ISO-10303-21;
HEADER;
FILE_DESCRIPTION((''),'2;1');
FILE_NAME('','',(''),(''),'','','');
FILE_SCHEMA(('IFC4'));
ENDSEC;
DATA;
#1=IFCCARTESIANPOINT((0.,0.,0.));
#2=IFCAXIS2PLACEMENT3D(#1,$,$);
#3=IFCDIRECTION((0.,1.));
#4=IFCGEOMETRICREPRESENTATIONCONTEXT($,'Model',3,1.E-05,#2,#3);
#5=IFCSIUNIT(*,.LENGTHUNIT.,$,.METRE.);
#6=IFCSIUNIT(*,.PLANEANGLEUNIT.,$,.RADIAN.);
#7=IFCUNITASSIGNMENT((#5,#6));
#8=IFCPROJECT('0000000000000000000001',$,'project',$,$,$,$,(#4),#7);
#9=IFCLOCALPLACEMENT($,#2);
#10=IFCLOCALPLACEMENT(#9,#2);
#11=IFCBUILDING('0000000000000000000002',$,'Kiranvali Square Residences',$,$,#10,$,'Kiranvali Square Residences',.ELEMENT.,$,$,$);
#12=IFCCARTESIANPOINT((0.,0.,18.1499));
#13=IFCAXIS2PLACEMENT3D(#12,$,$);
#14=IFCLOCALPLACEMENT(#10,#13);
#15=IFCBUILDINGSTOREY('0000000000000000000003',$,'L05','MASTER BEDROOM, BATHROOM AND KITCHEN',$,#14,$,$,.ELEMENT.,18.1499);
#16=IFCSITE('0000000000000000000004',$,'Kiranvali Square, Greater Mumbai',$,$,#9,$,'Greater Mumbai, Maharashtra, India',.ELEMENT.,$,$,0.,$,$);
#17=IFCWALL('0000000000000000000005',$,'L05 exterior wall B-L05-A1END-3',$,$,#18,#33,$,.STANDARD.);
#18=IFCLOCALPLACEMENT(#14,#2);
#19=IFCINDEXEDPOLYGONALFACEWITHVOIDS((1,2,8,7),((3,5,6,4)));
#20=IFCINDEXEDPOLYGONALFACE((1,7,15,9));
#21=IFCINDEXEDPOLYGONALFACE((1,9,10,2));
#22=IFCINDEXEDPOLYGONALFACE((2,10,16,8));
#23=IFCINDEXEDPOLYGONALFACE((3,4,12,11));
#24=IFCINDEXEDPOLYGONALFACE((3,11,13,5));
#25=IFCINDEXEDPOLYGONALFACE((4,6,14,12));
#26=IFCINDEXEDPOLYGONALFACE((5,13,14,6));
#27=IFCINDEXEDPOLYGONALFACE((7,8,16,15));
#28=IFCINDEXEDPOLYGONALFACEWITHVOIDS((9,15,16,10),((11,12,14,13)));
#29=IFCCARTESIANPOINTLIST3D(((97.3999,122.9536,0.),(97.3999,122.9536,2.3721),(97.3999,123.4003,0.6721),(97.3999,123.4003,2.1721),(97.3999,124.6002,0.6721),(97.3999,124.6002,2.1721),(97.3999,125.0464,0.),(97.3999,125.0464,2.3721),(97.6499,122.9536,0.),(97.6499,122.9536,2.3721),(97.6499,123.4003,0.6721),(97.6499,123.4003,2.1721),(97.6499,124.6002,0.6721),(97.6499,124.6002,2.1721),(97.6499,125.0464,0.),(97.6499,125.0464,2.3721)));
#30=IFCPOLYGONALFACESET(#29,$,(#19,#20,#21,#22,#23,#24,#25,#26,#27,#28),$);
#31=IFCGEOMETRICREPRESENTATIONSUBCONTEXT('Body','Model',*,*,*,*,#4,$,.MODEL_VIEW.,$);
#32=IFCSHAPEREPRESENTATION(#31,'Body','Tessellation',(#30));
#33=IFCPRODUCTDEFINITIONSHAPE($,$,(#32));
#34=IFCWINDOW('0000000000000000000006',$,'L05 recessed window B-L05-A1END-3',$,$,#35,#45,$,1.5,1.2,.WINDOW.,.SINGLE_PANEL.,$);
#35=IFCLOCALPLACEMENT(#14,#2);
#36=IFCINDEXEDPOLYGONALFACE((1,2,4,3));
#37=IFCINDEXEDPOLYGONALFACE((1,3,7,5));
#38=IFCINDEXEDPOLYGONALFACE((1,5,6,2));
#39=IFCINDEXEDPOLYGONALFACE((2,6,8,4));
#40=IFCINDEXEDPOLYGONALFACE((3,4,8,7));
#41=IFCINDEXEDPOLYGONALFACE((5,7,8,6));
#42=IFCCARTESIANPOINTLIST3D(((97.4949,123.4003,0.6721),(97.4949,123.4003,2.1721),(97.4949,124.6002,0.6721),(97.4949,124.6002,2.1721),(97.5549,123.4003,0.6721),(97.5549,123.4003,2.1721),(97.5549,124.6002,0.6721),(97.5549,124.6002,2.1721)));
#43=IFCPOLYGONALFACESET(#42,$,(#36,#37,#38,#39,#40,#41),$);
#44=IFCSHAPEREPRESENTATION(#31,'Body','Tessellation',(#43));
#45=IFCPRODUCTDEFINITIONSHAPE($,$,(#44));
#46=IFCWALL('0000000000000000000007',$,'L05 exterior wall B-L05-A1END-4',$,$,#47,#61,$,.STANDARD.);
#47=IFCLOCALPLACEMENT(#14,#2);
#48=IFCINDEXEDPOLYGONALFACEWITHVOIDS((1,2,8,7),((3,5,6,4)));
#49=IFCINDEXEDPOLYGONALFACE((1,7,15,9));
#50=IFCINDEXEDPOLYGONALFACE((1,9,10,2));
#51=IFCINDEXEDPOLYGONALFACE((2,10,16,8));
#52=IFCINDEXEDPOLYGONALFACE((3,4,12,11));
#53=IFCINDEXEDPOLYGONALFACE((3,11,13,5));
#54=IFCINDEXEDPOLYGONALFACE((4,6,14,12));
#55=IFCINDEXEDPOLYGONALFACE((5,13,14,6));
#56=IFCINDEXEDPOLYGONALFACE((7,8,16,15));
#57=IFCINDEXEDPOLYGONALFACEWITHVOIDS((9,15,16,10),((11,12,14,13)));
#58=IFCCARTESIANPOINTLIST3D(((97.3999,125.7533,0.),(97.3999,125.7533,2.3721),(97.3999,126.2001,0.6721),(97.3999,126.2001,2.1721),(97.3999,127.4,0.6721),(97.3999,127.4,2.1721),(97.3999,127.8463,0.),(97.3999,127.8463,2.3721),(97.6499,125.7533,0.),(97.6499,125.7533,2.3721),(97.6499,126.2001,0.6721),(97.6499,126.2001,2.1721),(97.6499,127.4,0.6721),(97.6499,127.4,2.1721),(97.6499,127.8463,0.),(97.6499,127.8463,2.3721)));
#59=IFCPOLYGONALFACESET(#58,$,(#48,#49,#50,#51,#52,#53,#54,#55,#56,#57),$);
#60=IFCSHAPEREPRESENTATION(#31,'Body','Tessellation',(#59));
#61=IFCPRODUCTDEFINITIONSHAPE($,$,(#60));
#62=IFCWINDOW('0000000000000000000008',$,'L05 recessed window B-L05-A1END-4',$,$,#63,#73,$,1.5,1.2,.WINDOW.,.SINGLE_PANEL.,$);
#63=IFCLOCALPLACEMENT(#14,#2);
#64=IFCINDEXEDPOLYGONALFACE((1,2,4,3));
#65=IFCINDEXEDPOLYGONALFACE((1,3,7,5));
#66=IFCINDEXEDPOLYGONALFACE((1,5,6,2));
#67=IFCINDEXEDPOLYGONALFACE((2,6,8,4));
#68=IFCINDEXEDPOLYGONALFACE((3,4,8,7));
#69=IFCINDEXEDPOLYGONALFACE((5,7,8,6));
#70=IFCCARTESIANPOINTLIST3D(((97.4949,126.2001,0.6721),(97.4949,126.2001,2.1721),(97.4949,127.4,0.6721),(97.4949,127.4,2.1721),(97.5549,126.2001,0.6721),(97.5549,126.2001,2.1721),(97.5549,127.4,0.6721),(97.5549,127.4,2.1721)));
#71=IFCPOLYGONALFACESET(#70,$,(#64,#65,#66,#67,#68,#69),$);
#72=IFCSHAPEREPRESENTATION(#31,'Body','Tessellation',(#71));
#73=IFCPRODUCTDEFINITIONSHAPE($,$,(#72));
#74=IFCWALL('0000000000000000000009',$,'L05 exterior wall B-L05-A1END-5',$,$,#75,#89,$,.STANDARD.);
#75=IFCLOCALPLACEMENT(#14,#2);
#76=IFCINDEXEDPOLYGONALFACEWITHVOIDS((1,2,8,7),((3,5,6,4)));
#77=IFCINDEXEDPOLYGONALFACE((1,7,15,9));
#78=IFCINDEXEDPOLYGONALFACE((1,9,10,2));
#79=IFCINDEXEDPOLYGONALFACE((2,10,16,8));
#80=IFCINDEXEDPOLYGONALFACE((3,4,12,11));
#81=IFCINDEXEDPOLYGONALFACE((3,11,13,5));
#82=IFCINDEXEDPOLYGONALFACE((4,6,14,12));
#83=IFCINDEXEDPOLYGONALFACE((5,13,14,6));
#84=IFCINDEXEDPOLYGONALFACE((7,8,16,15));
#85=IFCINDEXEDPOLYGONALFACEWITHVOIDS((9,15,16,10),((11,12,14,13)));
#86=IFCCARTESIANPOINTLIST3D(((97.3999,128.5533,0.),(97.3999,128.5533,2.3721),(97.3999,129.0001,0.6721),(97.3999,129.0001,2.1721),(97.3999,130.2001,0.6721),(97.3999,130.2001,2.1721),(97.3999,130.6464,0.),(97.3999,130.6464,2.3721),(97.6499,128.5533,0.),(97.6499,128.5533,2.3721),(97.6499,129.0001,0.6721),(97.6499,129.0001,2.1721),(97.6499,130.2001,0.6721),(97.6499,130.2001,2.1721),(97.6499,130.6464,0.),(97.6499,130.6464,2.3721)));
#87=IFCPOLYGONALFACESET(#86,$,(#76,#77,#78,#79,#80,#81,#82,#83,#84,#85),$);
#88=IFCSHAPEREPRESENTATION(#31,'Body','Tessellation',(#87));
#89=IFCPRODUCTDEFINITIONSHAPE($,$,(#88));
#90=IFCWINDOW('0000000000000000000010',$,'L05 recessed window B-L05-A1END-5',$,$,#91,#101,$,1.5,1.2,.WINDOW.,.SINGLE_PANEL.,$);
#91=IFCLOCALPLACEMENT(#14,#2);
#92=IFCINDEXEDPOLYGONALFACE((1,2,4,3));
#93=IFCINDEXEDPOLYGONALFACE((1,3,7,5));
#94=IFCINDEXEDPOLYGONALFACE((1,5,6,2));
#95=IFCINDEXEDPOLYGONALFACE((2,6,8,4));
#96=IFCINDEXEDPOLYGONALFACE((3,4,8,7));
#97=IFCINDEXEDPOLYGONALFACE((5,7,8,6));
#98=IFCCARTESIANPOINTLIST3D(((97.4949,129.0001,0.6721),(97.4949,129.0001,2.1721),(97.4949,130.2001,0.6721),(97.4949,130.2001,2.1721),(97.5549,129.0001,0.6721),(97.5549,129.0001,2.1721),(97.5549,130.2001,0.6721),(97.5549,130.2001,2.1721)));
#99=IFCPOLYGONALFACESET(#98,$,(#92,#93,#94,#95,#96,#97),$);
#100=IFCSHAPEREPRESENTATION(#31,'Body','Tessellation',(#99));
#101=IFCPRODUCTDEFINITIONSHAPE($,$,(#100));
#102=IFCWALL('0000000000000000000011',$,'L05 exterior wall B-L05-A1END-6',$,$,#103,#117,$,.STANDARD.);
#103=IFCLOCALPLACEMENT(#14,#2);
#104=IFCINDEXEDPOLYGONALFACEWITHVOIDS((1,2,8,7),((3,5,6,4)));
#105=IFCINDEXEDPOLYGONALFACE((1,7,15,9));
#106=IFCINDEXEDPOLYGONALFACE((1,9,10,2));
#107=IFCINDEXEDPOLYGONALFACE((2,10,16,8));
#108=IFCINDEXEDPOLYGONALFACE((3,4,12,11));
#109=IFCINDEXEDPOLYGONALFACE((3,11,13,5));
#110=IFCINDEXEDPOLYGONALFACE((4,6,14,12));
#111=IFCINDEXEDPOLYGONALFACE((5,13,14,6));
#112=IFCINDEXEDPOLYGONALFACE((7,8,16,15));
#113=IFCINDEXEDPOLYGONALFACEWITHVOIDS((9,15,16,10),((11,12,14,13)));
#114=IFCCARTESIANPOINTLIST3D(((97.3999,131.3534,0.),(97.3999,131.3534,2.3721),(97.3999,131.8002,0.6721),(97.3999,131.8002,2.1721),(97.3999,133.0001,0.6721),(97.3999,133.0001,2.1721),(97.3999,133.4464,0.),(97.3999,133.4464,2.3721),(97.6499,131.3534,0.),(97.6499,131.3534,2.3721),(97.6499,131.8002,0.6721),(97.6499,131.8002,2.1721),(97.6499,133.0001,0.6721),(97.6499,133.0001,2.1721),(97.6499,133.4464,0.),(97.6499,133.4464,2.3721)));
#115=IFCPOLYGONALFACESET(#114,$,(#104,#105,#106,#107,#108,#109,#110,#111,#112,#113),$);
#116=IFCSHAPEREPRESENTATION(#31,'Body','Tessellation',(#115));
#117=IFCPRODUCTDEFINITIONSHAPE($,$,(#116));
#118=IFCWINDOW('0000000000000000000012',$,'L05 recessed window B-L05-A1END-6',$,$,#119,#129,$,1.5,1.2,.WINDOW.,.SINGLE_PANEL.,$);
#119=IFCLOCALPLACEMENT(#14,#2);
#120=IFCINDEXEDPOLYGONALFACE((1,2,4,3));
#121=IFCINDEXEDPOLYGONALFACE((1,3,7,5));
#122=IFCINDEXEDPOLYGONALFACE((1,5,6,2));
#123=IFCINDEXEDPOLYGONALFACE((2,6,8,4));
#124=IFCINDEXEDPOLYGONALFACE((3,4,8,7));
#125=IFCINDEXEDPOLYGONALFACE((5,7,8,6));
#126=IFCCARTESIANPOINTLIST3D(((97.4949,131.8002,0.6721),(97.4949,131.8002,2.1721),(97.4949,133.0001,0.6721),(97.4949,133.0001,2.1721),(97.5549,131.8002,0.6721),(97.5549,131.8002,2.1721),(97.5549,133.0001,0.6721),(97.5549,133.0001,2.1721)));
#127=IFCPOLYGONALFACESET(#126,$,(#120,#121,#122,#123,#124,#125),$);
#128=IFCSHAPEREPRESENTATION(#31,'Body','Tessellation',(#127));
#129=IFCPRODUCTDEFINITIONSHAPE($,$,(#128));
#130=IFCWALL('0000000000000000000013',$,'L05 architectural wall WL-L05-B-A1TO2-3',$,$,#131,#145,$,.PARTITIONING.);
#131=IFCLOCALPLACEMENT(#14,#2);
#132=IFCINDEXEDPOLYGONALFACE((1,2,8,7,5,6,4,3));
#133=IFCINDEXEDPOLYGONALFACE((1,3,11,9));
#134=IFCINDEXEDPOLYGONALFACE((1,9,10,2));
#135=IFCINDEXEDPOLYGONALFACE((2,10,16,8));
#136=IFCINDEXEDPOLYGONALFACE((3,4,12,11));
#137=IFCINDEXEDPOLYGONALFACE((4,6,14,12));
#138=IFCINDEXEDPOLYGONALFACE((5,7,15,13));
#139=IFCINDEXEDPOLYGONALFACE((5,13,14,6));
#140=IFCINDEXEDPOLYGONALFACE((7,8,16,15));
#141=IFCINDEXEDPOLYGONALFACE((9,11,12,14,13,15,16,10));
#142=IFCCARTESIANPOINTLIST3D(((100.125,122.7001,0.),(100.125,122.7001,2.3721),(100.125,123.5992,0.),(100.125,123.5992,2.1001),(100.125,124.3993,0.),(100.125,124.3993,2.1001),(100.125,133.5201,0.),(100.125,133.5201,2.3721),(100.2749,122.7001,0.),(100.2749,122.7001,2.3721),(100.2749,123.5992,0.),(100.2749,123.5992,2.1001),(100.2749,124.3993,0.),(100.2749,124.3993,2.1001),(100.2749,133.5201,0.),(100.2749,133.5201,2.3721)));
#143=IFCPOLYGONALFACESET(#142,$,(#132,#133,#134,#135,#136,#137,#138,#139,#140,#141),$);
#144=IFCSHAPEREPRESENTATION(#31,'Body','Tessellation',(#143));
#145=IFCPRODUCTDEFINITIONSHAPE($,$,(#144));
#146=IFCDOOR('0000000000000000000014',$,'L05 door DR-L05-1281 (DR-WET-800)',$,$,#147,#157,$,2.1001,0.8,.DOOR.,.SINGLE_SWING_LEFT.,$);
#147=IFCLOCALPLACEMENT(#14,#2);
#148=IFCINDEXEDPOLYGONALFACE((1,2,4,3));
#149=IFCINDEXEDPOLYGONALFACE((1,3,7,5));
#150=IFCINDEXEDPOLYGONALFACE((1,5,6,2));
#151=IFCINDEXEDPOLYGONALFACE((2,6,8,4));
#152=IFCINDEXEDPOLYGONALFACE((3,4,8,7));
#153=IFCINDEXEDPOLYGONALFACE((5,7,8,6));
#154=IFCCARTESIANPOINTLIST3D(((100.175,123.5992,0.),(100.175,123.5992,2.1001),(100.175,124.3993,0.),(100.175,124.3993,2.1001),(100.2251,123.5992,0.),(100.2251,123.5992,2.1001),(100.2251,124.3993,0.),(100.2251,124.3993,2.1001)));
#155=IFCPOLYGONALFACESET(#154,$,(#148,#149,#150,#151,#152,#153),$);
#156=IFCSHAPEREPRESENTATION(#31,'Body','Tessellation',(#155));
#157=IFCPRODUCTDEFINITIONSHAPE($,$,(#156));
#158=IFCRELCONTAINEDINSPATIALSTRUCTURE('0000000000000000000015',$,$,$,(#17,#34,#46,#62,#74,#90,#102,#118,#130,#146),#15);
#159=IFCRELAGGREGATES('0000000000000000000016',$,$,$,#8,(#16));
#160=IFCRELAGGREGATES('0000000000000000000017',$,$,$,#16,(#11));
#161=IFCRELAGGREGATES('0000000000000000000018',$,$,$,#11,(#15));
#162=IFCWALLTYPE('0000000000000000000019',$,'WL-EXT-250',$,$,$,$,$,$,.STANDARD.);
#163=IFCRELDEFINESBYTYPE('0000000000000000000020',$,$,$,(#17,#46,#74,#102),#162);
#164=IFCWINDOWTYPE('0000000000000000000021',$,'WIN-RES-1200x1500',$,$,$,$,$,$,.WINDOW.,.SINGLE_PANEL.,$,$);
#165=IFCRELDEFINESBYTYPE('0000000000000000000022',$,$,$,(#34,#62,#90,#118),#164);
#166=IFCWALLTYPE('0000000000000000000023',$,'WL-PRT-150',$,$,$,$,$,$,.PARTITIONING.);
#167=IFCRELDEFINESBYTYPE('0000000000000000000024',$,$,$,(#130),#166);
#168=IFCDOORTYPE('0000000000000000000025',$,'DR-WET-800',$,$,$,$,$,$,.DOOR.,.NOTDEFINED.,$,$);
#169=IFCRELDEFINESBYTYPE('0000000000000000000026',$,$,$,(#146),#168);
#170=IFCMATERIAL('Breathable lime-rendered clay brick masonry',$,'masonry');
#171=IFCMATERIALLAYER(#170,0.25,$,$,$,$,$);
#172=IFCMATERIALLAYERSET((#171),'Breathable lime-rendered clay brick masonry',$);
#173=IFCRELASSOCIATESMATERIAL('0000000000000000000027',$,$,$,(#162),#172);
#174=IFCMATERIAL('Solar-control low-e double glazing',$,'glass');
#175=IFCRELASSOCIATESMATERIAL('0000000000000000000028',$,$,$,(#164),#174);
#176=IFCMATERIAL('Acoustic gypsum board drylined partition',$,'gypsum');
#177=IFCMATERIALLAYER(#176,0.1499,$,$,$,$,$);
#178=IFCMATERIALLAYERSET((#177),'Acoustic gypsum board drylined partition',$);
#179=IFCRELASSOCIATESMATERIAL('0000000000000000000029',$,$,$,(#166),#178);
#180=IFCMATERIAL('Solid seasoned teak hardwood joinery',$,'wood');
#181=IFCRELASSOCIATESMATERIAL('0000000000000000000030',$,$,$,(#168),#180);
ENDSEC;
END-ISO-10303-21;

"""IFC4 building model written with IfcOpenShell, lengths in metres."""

from ifc_helpers import new_model, si_unit, direction, frame, frame_2d, origin, place, context, subcontext, project, spatial, rectangle, extrude, material, layer, layer_set, type_object, element, fill, save


model = new_model("IFC4")

# Units and contexts
model_context = context("Model", 3, precision=1e-05, world=origin(), true_north=direction((0.0, 1.0)))
body_context = subcontext(model_context, "Body", "Model", "MODEL_VIEW")
ifc_project = project(units=[si_unit("LENGTHUNIT", "METRE"), si_unit("PLANEANGLEUNIT", "RADIAN")], contexts=[model_context])

# Site, building, storey
site_placement = place(None, origin())
site = spatial("IfcSite", under=ifc_project, at=site_placement, Name="Kiranvali Square, Greater Mumbai", LongName="Greater Mumbai, Maharashtra, India", CompositionType="ELEMENT", RefElevation=0.0)
building_placement = place(site_placement, origin())
building = spatial("IfcBuilding", under=site, at=building_placement, Name="Kiranvali Square Residences", LongName="Kiranvali Square Residences", CompositionType="ELEMENT")
storey_placement = place(building_placement, frame((0.0, 0.0, 18.1499)))
storey = spatial("IfcBuildingStorey", under=building, at=storey_placement, Name="L05", Description="MASTER BEDROOM, BATHROOM AND KITCHEN", CompositionType="ELEMENT", Elevation=18.1499)

# Walls, openings, windows
ifc_material_1 = material(Name="Breathable lime-rendered clay brick masonry", Category="masonry")
ifc_layer_1 = layer(ifc_material_1, 0.25)
ifc_layer_set_1 = layer_set([ifc_layer_1], Name="Breathable lime-rendered clay brick masonry")
wall_type_1 = type_object("IfcWallType", Name="WL-EXT-250", PredefinedType="STANDARD", material=ifc_layer_set_1)
ifc_material_2 = material(Name="Solar-control low-e double glazing", Category="glass")
wall_1_placement = place(storey_placement, frame((97.5249, 122.9536, 0.0), z_axis=(0.0, 0.0, 1.0), x_axis=(0.0, 1.0, 0.0)))
wall_1 = element("IfcWall", 1, at=wall_1_placement, inside=storey, type_object=wall_type_1, Name="L05 exterior wall B-L05-A1END-3", PredefinedType="STANDARD", context=body_context, shape_type="SweptSolid", body=[
    extrude(rectangle(XDim=2.0928, YDim=0.25, at=frame_2d((1.0464, 0.0))), origin(), (0.0, 0.0, 1.0), 2.3721),
])
opening_1_placement = place(wall_1_placement, frame((0.4465, 0.0, 0.6721)))
opening_1 = element("IfcOpeningElement", 2, at=opening_1_placement, cuts=wall_1, PredefinedType="OPENING", context=body_context, shape_type="SweptSolid", body=[
    extrude(rectangle(XDim=1.2, YDim=1.5, at=frame_2d((0.6001, 0.75))), frame((0.0, 0.135, 0.0), z_axis=(0.0, -1.0, 0.0), x_axis=(1.0, 0.0, 0.0)), (0.0, 0.0, 1.0), 0.27),
])
window_type_1 = type_object("IfcWindowType", Name="WIN-RES-1200x1500", PartitioningType="SINGLE_PANEL", PredefinedType="WINDOW", material=ifc_material_2)
window_1_placement = place(opening_1_placement, origin())
window_1 = element("IfcWindow", 3, at=window_1_placement, inside=storey, type_object=window_type_1, Name="L05 recessed window B-L05-A1END-3", OverallHeight=1.5, OverallWidth=1.2, PartitioningType="SINGLE_PANEL", PredefinedType="WINDOW", context=body_context, shape_type="SweptSolid", body=[
    extrude(rectangle(XDim=1.2, YDim=1.5, at=frame_2d((0.6001, 0.75))), frame((0.0, 0.03, 0.0), z_axis=(0.0, -1.0, 0.0), x_axis=(1.0, 0.0, 0.0)), (0.0, 0.0, 1.0), 0.0601),
])
fill(opening_1, window_1)
wall_2_placement = place(storey_placement, frame((97.5249, 125.7534, 0.0), z_axis=(0.0, 0.0, 1.0), x_axis=(0.0, 1.0, 0.0)))
wall_2 = element("IfcWall", 4, at=wall_2_placement, inside=storey, type_object=wall_type_1, Name="L05 exterior wall B-L05-A1END-4", PredefinedType="STANDARD", context=body_context, shape_type="SweptSolid", body=[
    extrude(rectangle(XDim=2.093, YDim=0.25, at=frame_2d((1.0464, 0.0))), origin(), (0.0, 0.0, 1.0), 2.3721),
])
opening_2_placement = place(wall_2_placement, frame((0.4465, 0.0, 0.6721)))
opening_2 = element("IfcOpeningElement", 5, at=opening_2_placement, cuts=wall_2, PredefinedType="OPENING", context=body_context, shape_type="SweptSolid", body=[
    extrude(rectangle(XDim=1.2, YDim=1.5, at=frame_2d((0.6001, 0.75))), frame((0.0, 0.135, 0.0), z_axis=(0.0, -1.0, 0.0), x_axis=(1.0, 0.0, 0.0)), (0.0, 0.0, 1.0), 0.27),
])
window_2_placement = place(opening_2_placement, origin())
window_2 = element("IfcWindow", 6, at=window_2_placement, inside=storey, type_object=window_type_1, Name="L05 recessed window B-L05-A1END-4", OverallHeight=1.5, OverallWidth=1.2, PartitioningType="SINGLE_PANEL", PredefinedType="WINDOW", context=body_context, shape_type="SweptSolid", body=[
    extrude(rectangle(XDim=1.2, YDim=1.5, at=frame_2d((0.6001, 0.75))), frame((0.0, 0.03, 0.0), z_axis=(0.0, -1.0, 0.0), x_axis=(1.0, 0.0, 0.0)), (0.0, 0.0, 1.0), 0.0601),
])
fill(opening_2, window_2)
wall_3_placement = place(storey_placement, frame((97.5249, 128.5535, 0.0), z_axis=(0.0, 0.0, 1.0), x_axis=(0.0, 1.0, 0.0)))
wall_3 = element("IfcWall", 7, at=wall_3_placement, inside=storey, type_object=wall_type_1, Name="L05 exterior wall B-L05-A1END-5", PredefinedType="STANDARD", context=body_context, shape_type="SweptSolid", body=[
    extrude(rectangle(XDim=2.093, YDim=0.25, at=frame_2d((1.0464, 0.0))), origin(), (0.0, 0.0, 1.0), 2.3721),
])
opening_3_placement = place(wall_3_placement, frame((0.4465, 0.0, 0.6721)))
opening_3 = element("IfcOpeningElement", 8, at=opening_3_placement, cuts=wall_3, PredefinedType="OPENING", context=body_context, shape_type="SweptSolid", body=[
    extrude(rectangle(XDim=1.2, YDim=1.5, at=frame_2d((0.6001, 0.75))), frame((0.0, 0.135, 0.0), z_axis=(0.0, -1.0, 0.0), x_axis=(1.0, 0.0, 0.0)), (0.0, 0.0, 1.0), 0.27),
])
window_3_placement = place(opening_3_placement, origin())
window_3 = element("IfcWindow", 9, at=window_3_placement, inside=storey, type_object=window_type_1, Name="L05 recessed window B-L05-A1END-5", OverallHeight=1.5, OverallWidth=1.2, PartitioningType="SINGLE_PANEL", PredefinedType="WINDOW", context=body_context, shape_type="SweptSolid", body=[
    extrude(rectangle(XDim=1.2, YDim=1.5, at=frame_2d((0.6001, 0.75))), frame((0.0, 0.03, 0.0), z_axis=(0.0, -1.0, 0.0), x_axis=(1.0, 0.0, 0.0)), (0.0, 0.0, 1.0), 0.0601),
])
fill(opening_3, window_3)
wall_4_placement = place(storey_placement, frame((97.5249, 131.3535, 0.0), z_axis=(0.0, 0.0, 1.0), x_axis=(0.0, 1.0, 0.0)))
wall_4 = element("IfcWall", 10, at=wall_4_placement, inside=storey, type_object=wall_type_1, Name="L05 exterior wall B-L05-A1END-6", PredefinedType="STANDARD", context=body_context, shape_type="SweptSolid", body=[
    extrude(rectangle(XDim=2.093, YDim=0.25, at=frame_2d((1.0464, 0.0))), origin(), (0.0, 0.0, 1.0), 2.3721),
])
opening_4_placement = place(wall_4_placement, frame((0.4465, 0.0, 0.6721)))
opening_4 = element("IfcOpeningElement", 11, at=opening_4_placement, cuts=wall_4, PredefinedType="OPENING", context=body_context, shape_type="SweptSolid", body=[
    extrude(rectangle(XDim=1.2, YDim=1.5, at=frame_2d((0.6001, 0.75))), frame((0.0, 0.135, 0.0), z_axis=(0.0, -1.0, 0.0), x_axis=(1.0, 0.0, 0.0)), (0.0, 0.0, 1.0), 0.27),
])
window_4_placement = place(opening_4_placement, origin())
window_4 = element("IfcWindow", 12, at=window_4_placement, inside=storey, type_object=window_type_1, Name="L05 recessed window B-L05-A1END-6", OverallHeight=1.5, OverallWidth=1.2, PartitioningType="SINGLE_PANEL", PredefinedType="WINDOW", context=body_context, shape_type="SweptSolid", body=[
    extrude(rectangle(XDim=1.2, YDim=1.5, at=frame_2d((0.6001, 0.75))), frame((0.0, 0.03, 0.0), z_axis=(0.0, -1.0, 0.0), x_axis=(1.0, 0.0, 0.0)), (0.0, 0.0, 1.0), 0.0601),
])
fill(opening_4, window_4)

# Wall, opening, door
ifc_material_3 = material(Name="Acoustic gypsum board drylined partition", Category="gypsum")
ifc_layer_2 = layer(ifc_material_3, 0.1499)
ifc_layer_set_2 = layer_set([ifc_layer_2], Name="Acoustic gypsum board drylined partition")
wall_type_2 = type_object("IfcWallType", Name="WL-PRT-150", PredefinedType="PARTITIONING", material=ifc_layer_set_2)
wall_5_placement = place(storey_placement, frame((100.2, 122.7, 0.0), z_axis=(0.0, 0.0, 1.0), x_axis=(0.0, 1.0, 0.0)))
wall_5 = element("IfcWall", 13, at=wall_5_placement, inside=storey, type_object=wall_type_2, Name="L05 architectural wall WL-L05-B-A1TO2-3", PredefinedType="PARTITIONING", context=body_context, shape_type="SweptSolid", body=[
    extrude(rectangle(XDim=10.8201, YDim=0.1499, at=frame_2d((5.4102, 0.0))), origin(), (0.0, 0.0, 1.0), 2.3721),
])
opening_5_placement = place(wall_5_placement, frame((0.8994, 0.0, 0.0)))
opening_5 = element("IfcOpeningElement", 14, at=opening_5_placement, cuts=wall_5, PredefinedType="OPENING", context=body_context, shape_type="SweptSolid", body=[
    extrude(rectangle(XDim=0.8, YDim=2.1001, at=frame_2d((0.3999, 1.05))), frame((0.0, 0.085, 0.0), z_axis=(0.0, -1.0, 0.0), x_axis=(1.0, 0.0, 0.0)), (0.0, 0.0, 1.0), 0.1699),
])
ifc_material_4 = material(Name="Solid seasoned teak hardwood joinery", Category="wood")
door_type = type_object("IfcDoorType", Name="DR-WET-800", OperationType="NOTDEFINED", PredefinedType="DOOR", material=ifc_material_4)
door_placement = place(opening_5_placement, origin())
door = element("IfcDoor", 15, at=door_placement, inside=storey, type_object=door_type, Name="L05 door DR-L05-1281 (DR-WET-800)", OperationType="SINGLE_SWING_LEFT", OverallHeight=2.1001, OverallWidth=0.8, PredefinedType="DOOR", context=body_context, shape_type="SweptSolid", body=[
    extrude(rectangle(XDim=0.8, YDim=2.1001, at=frame_2d((0.3999, 1.05))), frame((0.0, 0.0249, 0.0), z_axis=(0.0, -1.0, 0.0), x_axis=(1.0, 0.0, 0.0)), (0.0, 0.0, 1.0), 0.05),
])
fill(opening_5, door)

save(model, "model.ifc")
